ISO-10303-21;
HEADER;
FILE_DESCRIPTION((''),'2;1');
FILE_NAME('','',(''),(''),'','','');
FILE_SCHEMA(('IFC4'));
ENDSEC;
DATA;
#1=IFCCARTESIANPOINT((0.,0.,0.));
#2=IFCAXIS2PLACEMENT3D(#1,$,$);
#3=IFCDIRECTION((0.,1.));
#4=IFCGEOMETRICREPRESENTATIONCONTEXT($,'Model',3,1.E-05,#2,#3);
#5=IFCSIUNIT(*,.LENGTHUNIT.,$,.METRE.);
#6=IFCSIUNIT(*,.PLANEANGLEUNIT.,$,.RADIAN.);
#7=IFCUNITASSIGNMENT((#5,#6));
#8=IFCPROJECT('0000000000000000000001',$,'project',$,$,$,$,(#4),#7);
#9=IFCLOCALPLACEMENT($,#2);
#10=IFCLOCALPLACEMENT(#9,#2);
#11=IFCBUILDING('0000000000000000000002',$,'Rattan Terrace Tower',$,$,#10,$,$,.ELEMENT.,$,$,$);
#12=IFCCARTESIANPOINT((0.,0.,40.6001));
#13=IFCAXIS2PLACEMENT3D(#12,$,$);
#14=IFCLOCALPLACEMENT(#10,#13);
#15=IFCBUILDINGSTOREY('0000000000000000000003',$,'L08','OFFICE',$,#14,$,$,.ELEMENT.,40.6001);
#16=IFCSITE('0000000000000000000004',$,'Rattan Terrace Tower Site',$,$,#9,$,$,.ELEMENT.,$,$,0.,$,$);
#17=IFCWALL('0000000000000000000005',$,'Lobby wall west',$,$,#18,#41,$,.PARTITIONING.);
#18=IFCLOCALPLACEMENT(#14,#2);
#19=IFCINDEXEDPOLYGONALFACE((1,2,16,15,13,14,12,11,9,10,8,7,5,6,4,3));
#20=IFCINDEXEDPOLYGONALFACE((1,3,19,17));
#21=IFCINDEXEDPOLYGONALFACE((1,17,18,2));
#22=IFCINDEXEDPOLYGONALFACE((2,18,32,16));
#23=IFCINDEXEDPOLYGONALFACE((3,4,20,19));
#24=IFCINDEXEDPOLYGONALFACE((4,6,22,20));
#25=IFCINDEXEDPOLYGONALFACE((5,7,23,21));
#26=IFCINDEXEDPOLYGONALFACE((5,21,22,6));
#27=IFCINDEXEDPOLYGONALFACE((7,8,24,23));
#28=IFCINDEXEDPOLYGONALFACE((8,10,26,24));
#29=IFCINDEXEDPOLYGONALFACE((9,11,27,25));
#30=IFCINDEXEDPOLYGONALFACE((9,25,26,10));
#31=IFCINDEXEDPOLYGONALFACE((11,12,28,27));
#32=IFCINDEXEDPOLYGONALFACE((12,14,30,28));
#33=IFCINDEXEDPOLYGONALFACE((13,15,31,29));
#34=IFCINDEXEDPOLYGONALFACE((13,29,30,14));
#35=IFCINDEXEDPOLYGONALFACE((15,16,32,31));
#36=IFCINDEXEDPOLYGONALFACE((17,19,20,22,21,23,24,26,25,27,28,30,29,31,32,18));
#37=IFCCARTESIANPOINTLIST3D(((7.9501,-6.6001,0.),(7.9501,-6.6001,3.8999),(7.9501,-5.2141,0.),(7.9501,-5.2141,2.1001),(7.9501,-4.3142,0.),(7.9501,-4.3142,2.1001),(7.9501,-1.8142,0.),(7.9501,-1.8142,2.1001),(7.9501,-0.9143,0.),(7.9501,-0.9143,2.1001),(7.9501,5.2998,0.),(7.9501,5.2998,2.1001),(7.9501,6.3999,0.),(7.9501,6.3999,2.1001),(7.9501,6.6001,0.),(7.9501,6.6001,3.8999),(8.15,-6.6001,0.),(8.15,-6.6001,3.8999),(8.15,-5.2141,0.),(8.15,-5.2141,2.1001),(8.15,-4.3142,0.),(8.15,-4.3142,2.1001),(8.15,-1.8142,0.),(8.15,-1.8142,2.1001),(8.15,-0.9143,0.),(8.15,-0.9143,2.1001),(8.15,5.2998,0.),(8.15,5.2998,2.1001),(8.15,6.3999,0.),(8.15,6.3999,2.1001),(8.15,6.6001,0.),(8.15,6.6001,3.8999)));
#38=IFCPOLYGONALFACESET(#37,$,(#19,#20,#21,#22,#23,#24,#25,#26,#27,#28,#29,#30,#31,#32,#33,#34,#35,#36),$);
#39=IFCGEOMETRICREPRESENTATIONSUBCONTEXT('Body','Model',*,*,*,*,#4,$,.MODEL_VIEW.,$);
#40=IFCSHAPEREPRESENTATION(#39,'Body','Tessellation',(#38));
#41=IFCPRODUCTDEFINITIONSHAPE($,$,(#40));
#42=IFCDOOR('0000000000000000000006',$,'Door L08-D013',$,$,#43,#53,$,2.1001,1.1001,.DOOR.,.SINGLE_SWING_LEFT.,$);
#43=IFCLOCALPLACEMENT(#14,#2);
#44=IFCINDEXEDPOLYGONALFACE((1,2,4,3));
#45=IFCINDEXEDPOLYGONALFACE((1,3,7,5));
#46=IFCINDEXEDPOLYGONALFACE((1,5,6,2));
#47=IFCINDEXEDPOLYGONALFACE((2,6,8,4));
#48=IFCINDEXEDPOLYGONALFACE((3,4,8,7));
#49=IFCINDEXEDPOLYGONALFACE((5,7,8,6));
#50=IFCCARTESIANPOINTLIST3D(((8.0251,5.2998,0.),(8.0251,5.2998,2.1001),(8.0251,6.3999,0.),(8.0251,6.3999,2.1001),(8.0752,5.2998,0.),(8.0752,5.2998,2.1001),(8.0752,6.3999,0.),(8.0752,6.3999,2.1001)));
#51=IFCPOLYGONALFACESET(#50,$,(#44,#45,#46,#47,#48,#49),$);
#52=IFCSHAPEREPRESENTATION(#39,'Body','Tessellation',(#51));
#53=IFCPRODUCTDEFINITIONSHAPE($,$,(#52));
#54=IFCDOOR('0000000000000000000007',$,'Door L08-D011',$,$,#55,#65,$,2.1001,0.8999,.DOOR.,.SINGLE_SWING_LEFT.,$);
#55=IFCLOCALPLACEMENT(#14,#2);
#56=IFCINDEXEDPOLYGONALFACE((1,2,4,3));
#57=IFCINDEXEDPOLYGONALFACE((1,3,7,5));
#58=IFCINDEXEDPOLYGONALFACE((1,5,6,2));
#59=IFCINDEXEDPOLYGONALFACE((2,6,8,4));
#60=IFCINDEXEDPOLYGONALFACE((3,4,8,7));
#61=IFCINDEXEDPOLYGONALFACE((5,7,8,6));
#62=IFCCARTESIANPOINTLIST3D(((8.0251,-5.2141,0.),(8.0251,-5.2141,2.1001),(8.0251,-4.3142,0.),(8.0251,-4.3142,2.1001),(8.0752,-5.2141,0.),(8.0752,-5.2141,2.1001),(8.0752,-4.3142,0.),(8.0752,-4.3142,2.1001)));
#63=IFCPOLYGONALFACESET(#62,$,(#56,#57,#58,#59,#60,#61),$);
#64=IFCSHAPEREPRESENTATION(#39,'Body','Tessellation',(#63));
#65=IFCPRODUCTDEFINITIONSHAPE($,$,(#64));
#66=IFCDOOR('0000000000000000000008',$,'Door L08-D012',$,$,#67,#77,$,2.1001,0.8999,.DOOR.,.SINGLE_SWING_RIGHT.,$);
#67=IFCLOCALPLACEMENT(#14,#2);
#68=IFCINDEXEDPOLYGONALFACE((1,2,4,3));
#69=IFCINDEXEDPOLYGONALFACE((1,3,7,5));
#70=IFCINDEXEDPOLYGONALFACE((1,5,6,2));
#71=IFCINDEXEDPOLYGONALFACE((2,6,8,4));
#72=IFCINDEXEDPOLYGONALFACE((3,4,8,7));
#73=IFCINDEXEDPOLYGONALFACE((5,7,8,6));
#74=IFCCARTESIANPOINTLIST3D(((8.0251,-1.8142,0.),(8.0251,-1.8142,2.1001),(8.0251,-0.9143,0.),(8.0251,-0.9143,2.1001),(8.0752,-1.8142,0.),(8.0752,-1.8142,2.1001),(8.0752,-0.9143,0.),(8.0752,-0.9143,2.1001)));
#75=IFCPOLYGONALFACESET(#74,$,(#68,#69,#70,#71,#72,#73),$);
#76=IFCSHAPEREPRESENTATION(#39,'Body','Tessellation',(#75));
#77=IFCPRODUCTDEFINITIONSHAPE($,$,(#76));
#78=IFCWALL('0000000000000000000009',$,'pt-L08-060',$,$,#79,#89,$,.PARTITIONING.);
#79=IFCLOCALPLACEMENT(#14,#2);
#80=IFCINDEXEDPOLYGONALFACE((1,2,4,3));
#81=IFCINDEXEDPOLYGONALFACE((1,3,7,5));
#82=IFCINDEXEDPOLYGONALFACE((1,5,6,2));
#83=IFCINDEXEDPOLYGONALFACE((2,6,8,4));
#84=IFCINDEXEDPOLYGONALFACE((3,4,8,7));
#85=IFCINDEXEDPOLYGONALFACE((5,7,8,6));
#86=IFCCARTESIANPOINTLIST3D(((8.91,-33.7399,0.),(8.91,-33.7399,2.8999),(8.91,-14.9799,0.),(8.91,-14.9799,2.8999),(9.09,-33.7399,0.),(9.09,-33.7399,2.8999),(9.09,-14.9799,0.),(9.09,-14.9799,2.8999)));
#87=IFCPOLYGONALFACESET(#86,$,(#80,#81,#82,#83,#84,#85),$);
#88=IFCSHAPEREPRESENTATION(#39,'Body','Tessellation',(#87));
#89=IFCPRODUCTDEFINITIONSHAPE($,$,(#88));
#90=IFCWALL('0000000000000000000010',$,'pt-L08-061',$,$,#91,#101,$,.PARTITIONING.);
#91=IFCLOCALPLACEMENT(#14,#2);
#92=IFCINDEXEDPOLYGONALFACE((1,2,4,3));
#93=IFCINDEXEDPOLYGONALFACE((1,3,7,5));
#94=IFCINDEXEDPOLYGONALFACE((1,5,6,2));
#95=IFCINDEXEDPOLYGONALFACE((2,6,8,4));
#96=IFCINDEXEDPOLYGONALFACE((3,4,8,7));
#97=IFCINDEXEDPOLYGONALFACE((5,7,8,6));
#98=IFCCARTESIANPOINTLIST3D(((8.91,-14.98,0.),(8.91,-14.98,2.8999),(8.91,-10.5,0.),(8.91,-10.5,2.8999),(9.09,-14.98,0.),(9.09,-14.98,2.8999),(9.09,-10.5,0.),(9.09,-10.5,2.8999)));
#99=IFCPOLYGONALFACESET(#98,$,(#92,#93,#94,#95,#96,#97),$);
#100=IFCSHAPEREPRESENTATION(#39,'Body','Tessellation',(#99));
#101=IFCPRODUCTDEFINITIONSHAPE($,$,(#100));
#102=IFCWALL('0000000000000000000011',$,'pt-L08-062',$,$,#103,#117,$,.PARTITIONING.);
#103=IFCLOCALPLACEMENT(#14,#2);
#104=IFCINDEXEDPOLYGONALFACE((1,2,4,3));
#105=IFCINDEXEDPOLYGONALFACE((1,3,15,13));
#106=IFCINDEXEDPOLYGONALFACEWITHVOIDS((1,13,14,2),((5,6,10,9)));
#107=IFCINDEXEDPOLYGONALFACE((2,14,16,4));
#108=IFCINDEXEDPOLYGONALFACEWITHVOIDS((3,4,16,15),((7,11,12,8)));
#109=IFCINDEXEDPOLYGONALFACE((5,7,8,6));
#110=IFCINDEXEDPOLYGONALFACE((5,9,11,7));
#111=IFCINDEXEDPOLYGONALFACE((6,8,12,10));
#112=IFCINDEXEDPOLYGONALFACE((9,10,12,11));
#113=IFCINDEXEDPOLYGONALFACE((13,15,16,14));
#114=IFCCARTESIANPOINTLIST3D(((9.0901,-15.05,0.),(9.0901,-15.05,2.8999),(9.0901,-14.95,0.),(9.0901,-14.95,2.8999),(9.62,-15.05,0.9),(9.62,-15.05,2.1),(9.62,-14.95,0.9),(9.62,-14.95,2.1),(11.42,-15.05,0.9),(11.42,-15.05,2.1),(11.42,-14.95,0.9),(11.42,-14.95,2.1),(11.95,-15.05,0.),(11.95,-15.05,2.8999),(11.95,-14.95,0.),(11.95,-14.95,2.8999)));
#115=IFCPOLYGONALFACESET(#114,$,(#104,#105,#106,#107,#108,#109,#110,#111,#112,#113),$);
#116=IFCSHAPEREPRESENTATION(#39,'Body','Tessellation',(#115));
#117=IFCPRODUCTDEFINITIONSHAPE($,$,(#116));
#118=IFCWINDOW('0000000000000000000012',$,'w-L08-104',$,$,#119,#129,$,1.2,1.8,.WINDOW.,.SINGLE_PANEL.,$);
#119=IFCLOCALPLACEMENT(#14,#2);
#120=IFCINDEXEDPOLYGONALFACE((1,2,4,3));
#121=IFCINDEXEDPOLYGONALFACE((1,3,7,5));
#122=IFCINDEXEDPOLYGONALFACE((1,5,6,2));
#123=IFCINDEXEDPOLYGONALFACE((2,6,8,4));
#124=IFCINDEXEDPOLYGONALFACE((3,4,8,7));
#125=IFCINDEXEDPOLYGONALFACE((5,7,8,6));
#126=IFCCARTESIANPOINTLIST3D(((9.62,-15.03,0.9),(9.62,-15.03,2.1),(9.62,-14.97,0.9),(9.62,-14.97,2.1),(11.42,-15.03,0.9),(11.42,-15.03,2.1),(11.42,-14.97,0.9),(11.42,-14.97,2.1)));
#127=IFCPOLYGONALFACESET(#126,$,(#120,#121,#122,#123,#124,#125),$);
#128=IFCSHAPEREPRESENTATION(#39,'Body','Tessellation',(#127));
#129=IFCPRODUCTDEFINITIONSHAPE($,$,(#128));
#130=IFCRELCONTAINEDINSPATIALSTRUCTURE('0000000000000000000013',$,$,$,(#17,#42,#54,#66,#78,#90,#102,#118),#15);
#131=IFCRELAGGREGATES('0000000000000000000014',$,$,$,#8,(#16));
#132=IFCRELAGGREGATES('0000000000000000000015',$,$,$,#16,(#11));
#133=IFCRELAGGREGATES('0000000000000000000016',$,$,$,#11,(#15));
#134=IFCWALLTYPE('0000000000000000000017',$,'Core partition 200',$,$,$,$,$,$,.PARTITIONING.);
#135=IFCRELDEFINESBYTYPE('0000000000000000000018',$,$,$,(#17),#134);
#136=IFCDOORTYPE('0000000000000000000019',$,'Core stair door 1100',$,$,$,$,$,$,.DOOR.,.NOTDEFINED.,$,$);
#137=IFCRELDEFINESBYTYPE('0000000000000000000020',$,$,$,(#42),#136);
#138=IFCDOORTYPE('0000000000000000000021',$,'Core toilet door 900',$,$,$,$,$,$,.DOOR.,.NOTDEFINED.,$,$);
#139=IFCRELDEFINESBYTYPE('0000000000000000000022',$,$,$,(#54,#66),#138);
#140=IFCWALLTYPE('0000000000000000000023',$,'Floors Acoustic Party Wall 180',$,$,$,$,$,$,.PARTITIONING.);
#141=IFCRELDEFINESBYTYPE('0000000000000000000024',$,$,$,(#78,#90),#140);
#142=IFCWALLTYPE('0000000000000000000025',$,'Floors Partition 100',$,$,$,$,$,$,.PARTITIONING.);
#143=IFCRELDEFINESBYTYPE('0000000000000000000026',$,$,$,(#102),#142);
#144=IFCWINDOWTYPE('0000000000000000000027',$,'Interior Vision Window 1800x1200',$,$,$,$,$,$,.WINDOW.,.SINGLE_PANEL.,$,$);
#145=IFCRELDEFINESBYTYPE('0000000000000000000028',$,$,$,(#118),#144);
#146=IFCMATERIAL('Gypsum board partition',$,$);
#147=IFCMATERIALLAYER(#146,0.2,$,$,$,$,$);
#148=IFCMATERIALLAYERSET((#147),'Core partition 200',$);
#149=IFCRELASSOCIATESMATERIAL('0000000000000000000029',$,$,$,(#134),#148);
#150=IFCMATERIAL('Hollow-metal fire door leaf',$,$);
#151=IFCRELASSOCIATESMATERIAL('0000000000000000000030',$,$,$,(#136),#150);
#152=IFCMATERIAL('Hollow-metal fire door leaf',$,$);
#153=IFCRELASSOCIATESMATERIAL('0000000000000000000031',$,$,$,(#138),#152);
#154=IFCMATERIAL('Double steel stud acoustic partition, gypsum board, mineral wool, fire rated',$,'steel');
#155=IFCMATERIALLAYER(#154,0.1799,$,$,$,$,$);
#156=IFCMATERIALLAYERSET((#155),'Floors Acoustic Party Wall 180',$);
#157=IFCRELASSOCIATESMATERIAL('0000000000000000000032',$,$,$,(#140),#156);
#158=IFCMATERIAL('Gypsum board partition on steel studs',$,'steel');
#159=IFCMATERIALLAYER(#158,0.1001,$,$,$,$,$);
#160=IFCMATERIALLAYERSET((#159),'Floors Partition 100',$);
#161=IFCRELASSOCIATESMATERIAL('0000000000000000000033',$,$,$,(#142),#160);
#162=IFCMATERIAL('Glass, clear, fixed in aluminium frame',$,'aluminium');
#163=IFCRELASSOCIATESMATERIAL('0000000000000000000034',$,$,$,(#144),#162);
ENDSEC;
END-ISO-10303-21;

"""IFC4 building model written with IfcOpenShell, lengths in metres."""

from ifc_helpers import new_model, si_unit, direction, frame, frame_2d, origin, place, context, subcontext, project, spatial, rectangle, extrude, material, layer, layer_set, type_object, element, fill, save


model = new_model("IFC4")

# Units and contexts
model_context = context("Model", 3, precision=1e-05, world=origin(), true_north=direction((0.0, 1.0)))
body_context = subcontext(model_context, "Body", "Model", "MODEL_VIEW")
ifc_project = project(units=[si_unit("LENGTHUNIT", "METRE"), si_unit("PLANEANGLEUNIT", "RADIAN")], contexts=[model_context])

# Site, building, storey
site_placement = place(None, origin())
site = spatial("IfcSite", under=ifc_project, at=site_placement, Name="Rattan Terrace Tower Site", CompositionType="ELEMENT", RefElevation=0.0)
building_placement = place(site_placement, origin())
building = spatial("IfcBuilding", under=site, at=building_placement, Name="Rattan Terrace Tower", CompositionType="ELEMENT")
storey_placement = place(building_placement, frame((0.0, 0.0, 40.6001)))
storey = spatial("IfcBuildingStorey", under=building, at=storey_placement, Name="L08", Description="OFFICE", CompositionType="ELEMENT", Elevation=40.6001)

# Wall, openings, doors
ifc_material_1 = material(Name="Gypsum board partition")
ifc_layer_1 = layer(ifc_material_1, 0.2)
ifc_layer_set_1 = layer_set([ifc_layer_1], Name="Core partition 200")
wall_type_1 = type_object("IfcWallType", Name="Core partition 200", PredefinedType="PARTITIONING", material=ifc_layer_set_1)
wall_1_placement = place(storey_placement, frame((8.05, -6.6001, 0.0), z_axis=(0.0, 0.0, 1.0), x_axis=(0.0, 1.0, 0.0)))
wall_1 = element("IfcWall", 1, at=wall_1_placement, inside=storey, type_object=wall_type_1, Name="Lobby wall west", PredefinedType="PARTITIONING", context=body_context, shape_type="SweptSolid", body=[
    extrude(rectangle(XDim=13.2002, YDim=0.2, at=frame_2d((6.6001, 0.0))), origin(), (0.0, 0.0, 1.0), 3.8999),
])
opening_1_placement = place(wall_1_placement, frame((1.386, 0.0, 0.0)))
opening_1 = element("IfcOpeningElement", 2, at=opening_1_placement, cuts=wall_1, PredefinedType="OPENING", context=body_context, shape_type="SweptSolid", body=[
    extrude(rectangle(XDim=0.8999, YDim=2.1001, at=frame_2d((0.45, 1.05))), frame((0.0, 0.1106, 0.0), z_axis=(0.0, -1.0, 0.0), x_axis=(1.0, 0.0, 0.0)), (0.0, 0.0, 1.0), 0.2209),
])
opening_2_placement = place(wall_1_placement, frame((4.7859, 0.0, 0.0)))
opening_2 = element("IfcOpeningElement", 3, at=opening_2_placement, cuts=wall_1, PredefinedType="OPENING", context=body_context, shape_type="SweptSolid", body=[
    extrude(rectangle(XDim=0.8999, YDim=2.1001, at=frame_2d((0.45, 1.05))), frame((0.0, 0.1106, 0.0), z_axis=(0.0, -1.0, 0.0), x_axis=(1.0, 0.0, 0.0)), (0.0, 0.0, 1.0), 0.2209),
])
opening_3_placement = place(wall_1_placement, frame((11.8999, 0.0, 0.0)))
opening_3 = element("IfcOpeningElement", 4, at=opening_3_placement, cuts=wall_1, PredefinedType="OPENING", context=body_context, shape_type="SweptSolid", body=[
    extrude(rectangle(XDim=1.1001, YDim=2.1001, at=frame_2d((0.55, 1.05))), frame((0.0, 0.1106, 0.0), z_axis=(0.0, -1.0, 0.0), x_axis=(1.0, 0.0, 0.0)), (0.0, 0.0, 1.0), 0.2209),
])
ifc_material_2 = material(Name="Hollow-metal fire door leaf")
door_type_1 = type_object("IfcDoorType", Name="Core stair door 1100", OperationType="NOTDEFINED", PredefinedType="DOOR", material=ifc_material_2)
door_1_placement = place(opening_3_placement, origin())
door_1 = element("IfcDoor", 5, at=door_1_placement, inside=storey, type_object=door_type_1, Name="Door L08-D013", OperationType="SINGLE_SWING_LEFT", OverallHeight=2.1001, OverallWidth=1.1001, PredefinedType="DOOR", context=body_context, shape_type="SweptSolid", body=[
    extrude(rectangle(XDim=1.1001, YDim=2.1001, at=frame_2d((0.55, 1.05))), frame((0.0, 0.0249, 0.0), z_axis=(0.0, -1.0, 0.0), x_axis=(1.0, 0.0, 0.0)), (0.0, 0.0, 1.0), 0.05),
])
fill(opening_3, door_1)
ifc_material_3 = material(Name="Hollow-metal fire door leaf")
door_type_2 = type_object("IfcDoorType", Name="Core toilet door 900", OperationType="NOTDEFINED", PredefinedType="DOOR", material=ifc_material_3)
door_2_placement = place(opening_1_placement, origin())
door_2 = element("IfcDoor", 6, at=door_2_placement, inside=storey, type_object=door_type_2, Name="Door L08-D011", OperationType="SINGLE_SWING_LEFT", OverallHeight=2.1001, OverallWidth=0.8999, PredefinedType="DOOR", context=body_context, shape_type="SweptSolid", body=[
    extrude(rectangle(XDim=0.8999, YDim=2.1001, at=frame_2d((0.45, 1.05))), frame((0.0, 0.0249, 0.0), z_axis=(0.0, -1.0, 0.0), x_axis=(1.0, 0.0, 0.0)), (0.0, 0.0, 1.0), 0.05),
])
fill(opening_1, door_2)
door_3_placement = place(opening_2_placement, origin())
door_3 = element("IfcDoor", 7, at=door_3_placement, inside=storey, type_object=door_type_2, Name="Door L08-D012", OperationType="SINGLE_SWING_RIGHT", OverallHeight=2.1001, OverallWidth=0.8999, PredefinedType="DOOR", context=body_context, shape_type="SweptSolid", body=[
    extrude(rectangle(XDim=0.8999, YDim=2.1001, at=frame_2d((0.45, 1.05))), frame((0.0, 0.0249, 0.0), z_axis=(0.0, -1.0, 0.0), x_axis=(1.0, 0.0, 0.0)), (0.0, 0.0, 1.0), 0.05),
])
fill(opening_2, door_3)

# Walls
ifc_material_4 = material(Name="Double steel stud acoustic partition, gypsum board, mineral wool, fire rated", Category="steel")
ifc_layer_2 = layer(ifc_material_4, 0.1799)
ifc_layer_set_2 = layer_set([ifc_layer_2], Name="Floors Acoustic Party Wall 180")
wall_type_2 = type_object("IfcWallType", Name="Floors Acoustic Party Wall 180", PredefinedType="PARTITIONING", material=ifc_layer_set_2)
wall_2_placement = place(storey_placement, frame((9.0, -14.98, 0.0), z_axis=(0.0, 0.0, 1.0), x_axis=(0.0, -1.0, 0.0)))
element("IfcWall", 8, at=wall_2_placement, inside=storey, type_object=wall_type_2, Name="pt-L08-060", PredefinedType="PARTITIONING", context=body_context, shape_type="SweptSolid", body=[
    extrude(rectangle(XDim=18.76, YDim=0.1799, at=frame_2d((9.3799, 0.0))), origin(), (0.0, 0.0, 1.0), 2.8999),
])
wall_3_placement = place(storey_placement, frame((9.0, -10.5, 0.0), z_axis=(0.0, 0.0, 1.0), x_axis=(0.0, -1.0, 0.0)))
element("IfcWall", 9, at=wall_3_placement, inside=storey, type_object=wall_type_2, Name="pt-L08-061", PredefinedType="PARTITIONING", context=body_context, shape_type="SweptSolid", body=[
    extrude(rectangle(XDim=4.48, YDim=0.1799, at=frame_2d((2.24, 0.0))), origin(), (0.0, 0.0, 1.0), 2.8999),
])

# Wall, opening, window
ifc_material_5 = material(Name="Gypsum board partition on steel studs", Category="steel")
ifc_layer_3 = layer(ifc_material_5, 0.1001)
ifc_layer_set_3 = layer_set([ifc_layer_3], Name="Floors Partition 100")
wall_type_3 = type_object("IfcWallType", Name="Floors Partition 100", PredefinedType="PARTITIONING", material=ifc_layer_set_3)
wall_4_placement = place(storey_placement, frame((9.0901, -15.0, 0.0), z_axis=(0.0, 0.0, 1.0), x_axis=(1.0, 0.0, 0.0)))
wall_4 = element("IfcWall", 10, at=wall_4_placement, inside=storey, type_object=wall_type_3, Name="pt-L08-062", PredefinedType="PARTITIONING", context=body_context, shape_type="SweptSolid", body=[
    extrude(rectangle(XDim=2.8599, YDim=0.1001, at=frame_2d((1.4299, 0.0))), origin(), (0.0, 0.0, 1.0), 2.8999),
])
opening_4_placement = place(wall_4_placement, frame((0.53, 0.0, 0.8999)))
opening_4 = element("IfcOpeningElement", 11, at=opening_4_placement, cuts=wall_4, PredefinedType="OPENING", context=body_context, shape_type="SweptSolid", body=[
    extrude(rectangle(XDim=1.8, YDim=1.2, at=frame_2d((0.8999, 0.6001))), frame((0.0, 0.0605, 0.0), z_axis=(0.0, -1.0, 0.0), x_axis=(1.0, 0.0, 0.0)), (0.0, 0.0, 1.0), 0.1211),
])
ifc_material_6 = material(Name="Glass, clear, fixed in aluminium frame", Category="aluminium")
window_type_1 = type_object("IfcWindowType", Name="Interior Vision Window 1800x1200", PartitioningType="SINGLE_PANEL", PredefinedType="WINDOW", material=ifc_material_6)
window_1_placement = place(opening_4_placement, origin())
window_1 = element("IfcWindow", 12, at=window_1_placement, inside=storey, type_object=window_type_1, Name="w-L08-104", OverallHeight=1.2, OverallWidth=1.8, PartitioningType="SINGLE_PANEL", PredefinedType="WINDOW", context=body_context, shape_type="SweptSolid", body=[
    extrude(rectangle(XDim=1.8, YDim=1.2, at=frame_2d((0.8999, 0.6001))), frame((0.0, 0.03, 0.0), z_axis=(0.0, -1.0, 0.0), x_axis=(1.0, 0.0, 0.0)), (0.0, 0.0, 1.0), 0.0601),
])
fill(opening_4, window_1)

save(model, "model.ifc")
